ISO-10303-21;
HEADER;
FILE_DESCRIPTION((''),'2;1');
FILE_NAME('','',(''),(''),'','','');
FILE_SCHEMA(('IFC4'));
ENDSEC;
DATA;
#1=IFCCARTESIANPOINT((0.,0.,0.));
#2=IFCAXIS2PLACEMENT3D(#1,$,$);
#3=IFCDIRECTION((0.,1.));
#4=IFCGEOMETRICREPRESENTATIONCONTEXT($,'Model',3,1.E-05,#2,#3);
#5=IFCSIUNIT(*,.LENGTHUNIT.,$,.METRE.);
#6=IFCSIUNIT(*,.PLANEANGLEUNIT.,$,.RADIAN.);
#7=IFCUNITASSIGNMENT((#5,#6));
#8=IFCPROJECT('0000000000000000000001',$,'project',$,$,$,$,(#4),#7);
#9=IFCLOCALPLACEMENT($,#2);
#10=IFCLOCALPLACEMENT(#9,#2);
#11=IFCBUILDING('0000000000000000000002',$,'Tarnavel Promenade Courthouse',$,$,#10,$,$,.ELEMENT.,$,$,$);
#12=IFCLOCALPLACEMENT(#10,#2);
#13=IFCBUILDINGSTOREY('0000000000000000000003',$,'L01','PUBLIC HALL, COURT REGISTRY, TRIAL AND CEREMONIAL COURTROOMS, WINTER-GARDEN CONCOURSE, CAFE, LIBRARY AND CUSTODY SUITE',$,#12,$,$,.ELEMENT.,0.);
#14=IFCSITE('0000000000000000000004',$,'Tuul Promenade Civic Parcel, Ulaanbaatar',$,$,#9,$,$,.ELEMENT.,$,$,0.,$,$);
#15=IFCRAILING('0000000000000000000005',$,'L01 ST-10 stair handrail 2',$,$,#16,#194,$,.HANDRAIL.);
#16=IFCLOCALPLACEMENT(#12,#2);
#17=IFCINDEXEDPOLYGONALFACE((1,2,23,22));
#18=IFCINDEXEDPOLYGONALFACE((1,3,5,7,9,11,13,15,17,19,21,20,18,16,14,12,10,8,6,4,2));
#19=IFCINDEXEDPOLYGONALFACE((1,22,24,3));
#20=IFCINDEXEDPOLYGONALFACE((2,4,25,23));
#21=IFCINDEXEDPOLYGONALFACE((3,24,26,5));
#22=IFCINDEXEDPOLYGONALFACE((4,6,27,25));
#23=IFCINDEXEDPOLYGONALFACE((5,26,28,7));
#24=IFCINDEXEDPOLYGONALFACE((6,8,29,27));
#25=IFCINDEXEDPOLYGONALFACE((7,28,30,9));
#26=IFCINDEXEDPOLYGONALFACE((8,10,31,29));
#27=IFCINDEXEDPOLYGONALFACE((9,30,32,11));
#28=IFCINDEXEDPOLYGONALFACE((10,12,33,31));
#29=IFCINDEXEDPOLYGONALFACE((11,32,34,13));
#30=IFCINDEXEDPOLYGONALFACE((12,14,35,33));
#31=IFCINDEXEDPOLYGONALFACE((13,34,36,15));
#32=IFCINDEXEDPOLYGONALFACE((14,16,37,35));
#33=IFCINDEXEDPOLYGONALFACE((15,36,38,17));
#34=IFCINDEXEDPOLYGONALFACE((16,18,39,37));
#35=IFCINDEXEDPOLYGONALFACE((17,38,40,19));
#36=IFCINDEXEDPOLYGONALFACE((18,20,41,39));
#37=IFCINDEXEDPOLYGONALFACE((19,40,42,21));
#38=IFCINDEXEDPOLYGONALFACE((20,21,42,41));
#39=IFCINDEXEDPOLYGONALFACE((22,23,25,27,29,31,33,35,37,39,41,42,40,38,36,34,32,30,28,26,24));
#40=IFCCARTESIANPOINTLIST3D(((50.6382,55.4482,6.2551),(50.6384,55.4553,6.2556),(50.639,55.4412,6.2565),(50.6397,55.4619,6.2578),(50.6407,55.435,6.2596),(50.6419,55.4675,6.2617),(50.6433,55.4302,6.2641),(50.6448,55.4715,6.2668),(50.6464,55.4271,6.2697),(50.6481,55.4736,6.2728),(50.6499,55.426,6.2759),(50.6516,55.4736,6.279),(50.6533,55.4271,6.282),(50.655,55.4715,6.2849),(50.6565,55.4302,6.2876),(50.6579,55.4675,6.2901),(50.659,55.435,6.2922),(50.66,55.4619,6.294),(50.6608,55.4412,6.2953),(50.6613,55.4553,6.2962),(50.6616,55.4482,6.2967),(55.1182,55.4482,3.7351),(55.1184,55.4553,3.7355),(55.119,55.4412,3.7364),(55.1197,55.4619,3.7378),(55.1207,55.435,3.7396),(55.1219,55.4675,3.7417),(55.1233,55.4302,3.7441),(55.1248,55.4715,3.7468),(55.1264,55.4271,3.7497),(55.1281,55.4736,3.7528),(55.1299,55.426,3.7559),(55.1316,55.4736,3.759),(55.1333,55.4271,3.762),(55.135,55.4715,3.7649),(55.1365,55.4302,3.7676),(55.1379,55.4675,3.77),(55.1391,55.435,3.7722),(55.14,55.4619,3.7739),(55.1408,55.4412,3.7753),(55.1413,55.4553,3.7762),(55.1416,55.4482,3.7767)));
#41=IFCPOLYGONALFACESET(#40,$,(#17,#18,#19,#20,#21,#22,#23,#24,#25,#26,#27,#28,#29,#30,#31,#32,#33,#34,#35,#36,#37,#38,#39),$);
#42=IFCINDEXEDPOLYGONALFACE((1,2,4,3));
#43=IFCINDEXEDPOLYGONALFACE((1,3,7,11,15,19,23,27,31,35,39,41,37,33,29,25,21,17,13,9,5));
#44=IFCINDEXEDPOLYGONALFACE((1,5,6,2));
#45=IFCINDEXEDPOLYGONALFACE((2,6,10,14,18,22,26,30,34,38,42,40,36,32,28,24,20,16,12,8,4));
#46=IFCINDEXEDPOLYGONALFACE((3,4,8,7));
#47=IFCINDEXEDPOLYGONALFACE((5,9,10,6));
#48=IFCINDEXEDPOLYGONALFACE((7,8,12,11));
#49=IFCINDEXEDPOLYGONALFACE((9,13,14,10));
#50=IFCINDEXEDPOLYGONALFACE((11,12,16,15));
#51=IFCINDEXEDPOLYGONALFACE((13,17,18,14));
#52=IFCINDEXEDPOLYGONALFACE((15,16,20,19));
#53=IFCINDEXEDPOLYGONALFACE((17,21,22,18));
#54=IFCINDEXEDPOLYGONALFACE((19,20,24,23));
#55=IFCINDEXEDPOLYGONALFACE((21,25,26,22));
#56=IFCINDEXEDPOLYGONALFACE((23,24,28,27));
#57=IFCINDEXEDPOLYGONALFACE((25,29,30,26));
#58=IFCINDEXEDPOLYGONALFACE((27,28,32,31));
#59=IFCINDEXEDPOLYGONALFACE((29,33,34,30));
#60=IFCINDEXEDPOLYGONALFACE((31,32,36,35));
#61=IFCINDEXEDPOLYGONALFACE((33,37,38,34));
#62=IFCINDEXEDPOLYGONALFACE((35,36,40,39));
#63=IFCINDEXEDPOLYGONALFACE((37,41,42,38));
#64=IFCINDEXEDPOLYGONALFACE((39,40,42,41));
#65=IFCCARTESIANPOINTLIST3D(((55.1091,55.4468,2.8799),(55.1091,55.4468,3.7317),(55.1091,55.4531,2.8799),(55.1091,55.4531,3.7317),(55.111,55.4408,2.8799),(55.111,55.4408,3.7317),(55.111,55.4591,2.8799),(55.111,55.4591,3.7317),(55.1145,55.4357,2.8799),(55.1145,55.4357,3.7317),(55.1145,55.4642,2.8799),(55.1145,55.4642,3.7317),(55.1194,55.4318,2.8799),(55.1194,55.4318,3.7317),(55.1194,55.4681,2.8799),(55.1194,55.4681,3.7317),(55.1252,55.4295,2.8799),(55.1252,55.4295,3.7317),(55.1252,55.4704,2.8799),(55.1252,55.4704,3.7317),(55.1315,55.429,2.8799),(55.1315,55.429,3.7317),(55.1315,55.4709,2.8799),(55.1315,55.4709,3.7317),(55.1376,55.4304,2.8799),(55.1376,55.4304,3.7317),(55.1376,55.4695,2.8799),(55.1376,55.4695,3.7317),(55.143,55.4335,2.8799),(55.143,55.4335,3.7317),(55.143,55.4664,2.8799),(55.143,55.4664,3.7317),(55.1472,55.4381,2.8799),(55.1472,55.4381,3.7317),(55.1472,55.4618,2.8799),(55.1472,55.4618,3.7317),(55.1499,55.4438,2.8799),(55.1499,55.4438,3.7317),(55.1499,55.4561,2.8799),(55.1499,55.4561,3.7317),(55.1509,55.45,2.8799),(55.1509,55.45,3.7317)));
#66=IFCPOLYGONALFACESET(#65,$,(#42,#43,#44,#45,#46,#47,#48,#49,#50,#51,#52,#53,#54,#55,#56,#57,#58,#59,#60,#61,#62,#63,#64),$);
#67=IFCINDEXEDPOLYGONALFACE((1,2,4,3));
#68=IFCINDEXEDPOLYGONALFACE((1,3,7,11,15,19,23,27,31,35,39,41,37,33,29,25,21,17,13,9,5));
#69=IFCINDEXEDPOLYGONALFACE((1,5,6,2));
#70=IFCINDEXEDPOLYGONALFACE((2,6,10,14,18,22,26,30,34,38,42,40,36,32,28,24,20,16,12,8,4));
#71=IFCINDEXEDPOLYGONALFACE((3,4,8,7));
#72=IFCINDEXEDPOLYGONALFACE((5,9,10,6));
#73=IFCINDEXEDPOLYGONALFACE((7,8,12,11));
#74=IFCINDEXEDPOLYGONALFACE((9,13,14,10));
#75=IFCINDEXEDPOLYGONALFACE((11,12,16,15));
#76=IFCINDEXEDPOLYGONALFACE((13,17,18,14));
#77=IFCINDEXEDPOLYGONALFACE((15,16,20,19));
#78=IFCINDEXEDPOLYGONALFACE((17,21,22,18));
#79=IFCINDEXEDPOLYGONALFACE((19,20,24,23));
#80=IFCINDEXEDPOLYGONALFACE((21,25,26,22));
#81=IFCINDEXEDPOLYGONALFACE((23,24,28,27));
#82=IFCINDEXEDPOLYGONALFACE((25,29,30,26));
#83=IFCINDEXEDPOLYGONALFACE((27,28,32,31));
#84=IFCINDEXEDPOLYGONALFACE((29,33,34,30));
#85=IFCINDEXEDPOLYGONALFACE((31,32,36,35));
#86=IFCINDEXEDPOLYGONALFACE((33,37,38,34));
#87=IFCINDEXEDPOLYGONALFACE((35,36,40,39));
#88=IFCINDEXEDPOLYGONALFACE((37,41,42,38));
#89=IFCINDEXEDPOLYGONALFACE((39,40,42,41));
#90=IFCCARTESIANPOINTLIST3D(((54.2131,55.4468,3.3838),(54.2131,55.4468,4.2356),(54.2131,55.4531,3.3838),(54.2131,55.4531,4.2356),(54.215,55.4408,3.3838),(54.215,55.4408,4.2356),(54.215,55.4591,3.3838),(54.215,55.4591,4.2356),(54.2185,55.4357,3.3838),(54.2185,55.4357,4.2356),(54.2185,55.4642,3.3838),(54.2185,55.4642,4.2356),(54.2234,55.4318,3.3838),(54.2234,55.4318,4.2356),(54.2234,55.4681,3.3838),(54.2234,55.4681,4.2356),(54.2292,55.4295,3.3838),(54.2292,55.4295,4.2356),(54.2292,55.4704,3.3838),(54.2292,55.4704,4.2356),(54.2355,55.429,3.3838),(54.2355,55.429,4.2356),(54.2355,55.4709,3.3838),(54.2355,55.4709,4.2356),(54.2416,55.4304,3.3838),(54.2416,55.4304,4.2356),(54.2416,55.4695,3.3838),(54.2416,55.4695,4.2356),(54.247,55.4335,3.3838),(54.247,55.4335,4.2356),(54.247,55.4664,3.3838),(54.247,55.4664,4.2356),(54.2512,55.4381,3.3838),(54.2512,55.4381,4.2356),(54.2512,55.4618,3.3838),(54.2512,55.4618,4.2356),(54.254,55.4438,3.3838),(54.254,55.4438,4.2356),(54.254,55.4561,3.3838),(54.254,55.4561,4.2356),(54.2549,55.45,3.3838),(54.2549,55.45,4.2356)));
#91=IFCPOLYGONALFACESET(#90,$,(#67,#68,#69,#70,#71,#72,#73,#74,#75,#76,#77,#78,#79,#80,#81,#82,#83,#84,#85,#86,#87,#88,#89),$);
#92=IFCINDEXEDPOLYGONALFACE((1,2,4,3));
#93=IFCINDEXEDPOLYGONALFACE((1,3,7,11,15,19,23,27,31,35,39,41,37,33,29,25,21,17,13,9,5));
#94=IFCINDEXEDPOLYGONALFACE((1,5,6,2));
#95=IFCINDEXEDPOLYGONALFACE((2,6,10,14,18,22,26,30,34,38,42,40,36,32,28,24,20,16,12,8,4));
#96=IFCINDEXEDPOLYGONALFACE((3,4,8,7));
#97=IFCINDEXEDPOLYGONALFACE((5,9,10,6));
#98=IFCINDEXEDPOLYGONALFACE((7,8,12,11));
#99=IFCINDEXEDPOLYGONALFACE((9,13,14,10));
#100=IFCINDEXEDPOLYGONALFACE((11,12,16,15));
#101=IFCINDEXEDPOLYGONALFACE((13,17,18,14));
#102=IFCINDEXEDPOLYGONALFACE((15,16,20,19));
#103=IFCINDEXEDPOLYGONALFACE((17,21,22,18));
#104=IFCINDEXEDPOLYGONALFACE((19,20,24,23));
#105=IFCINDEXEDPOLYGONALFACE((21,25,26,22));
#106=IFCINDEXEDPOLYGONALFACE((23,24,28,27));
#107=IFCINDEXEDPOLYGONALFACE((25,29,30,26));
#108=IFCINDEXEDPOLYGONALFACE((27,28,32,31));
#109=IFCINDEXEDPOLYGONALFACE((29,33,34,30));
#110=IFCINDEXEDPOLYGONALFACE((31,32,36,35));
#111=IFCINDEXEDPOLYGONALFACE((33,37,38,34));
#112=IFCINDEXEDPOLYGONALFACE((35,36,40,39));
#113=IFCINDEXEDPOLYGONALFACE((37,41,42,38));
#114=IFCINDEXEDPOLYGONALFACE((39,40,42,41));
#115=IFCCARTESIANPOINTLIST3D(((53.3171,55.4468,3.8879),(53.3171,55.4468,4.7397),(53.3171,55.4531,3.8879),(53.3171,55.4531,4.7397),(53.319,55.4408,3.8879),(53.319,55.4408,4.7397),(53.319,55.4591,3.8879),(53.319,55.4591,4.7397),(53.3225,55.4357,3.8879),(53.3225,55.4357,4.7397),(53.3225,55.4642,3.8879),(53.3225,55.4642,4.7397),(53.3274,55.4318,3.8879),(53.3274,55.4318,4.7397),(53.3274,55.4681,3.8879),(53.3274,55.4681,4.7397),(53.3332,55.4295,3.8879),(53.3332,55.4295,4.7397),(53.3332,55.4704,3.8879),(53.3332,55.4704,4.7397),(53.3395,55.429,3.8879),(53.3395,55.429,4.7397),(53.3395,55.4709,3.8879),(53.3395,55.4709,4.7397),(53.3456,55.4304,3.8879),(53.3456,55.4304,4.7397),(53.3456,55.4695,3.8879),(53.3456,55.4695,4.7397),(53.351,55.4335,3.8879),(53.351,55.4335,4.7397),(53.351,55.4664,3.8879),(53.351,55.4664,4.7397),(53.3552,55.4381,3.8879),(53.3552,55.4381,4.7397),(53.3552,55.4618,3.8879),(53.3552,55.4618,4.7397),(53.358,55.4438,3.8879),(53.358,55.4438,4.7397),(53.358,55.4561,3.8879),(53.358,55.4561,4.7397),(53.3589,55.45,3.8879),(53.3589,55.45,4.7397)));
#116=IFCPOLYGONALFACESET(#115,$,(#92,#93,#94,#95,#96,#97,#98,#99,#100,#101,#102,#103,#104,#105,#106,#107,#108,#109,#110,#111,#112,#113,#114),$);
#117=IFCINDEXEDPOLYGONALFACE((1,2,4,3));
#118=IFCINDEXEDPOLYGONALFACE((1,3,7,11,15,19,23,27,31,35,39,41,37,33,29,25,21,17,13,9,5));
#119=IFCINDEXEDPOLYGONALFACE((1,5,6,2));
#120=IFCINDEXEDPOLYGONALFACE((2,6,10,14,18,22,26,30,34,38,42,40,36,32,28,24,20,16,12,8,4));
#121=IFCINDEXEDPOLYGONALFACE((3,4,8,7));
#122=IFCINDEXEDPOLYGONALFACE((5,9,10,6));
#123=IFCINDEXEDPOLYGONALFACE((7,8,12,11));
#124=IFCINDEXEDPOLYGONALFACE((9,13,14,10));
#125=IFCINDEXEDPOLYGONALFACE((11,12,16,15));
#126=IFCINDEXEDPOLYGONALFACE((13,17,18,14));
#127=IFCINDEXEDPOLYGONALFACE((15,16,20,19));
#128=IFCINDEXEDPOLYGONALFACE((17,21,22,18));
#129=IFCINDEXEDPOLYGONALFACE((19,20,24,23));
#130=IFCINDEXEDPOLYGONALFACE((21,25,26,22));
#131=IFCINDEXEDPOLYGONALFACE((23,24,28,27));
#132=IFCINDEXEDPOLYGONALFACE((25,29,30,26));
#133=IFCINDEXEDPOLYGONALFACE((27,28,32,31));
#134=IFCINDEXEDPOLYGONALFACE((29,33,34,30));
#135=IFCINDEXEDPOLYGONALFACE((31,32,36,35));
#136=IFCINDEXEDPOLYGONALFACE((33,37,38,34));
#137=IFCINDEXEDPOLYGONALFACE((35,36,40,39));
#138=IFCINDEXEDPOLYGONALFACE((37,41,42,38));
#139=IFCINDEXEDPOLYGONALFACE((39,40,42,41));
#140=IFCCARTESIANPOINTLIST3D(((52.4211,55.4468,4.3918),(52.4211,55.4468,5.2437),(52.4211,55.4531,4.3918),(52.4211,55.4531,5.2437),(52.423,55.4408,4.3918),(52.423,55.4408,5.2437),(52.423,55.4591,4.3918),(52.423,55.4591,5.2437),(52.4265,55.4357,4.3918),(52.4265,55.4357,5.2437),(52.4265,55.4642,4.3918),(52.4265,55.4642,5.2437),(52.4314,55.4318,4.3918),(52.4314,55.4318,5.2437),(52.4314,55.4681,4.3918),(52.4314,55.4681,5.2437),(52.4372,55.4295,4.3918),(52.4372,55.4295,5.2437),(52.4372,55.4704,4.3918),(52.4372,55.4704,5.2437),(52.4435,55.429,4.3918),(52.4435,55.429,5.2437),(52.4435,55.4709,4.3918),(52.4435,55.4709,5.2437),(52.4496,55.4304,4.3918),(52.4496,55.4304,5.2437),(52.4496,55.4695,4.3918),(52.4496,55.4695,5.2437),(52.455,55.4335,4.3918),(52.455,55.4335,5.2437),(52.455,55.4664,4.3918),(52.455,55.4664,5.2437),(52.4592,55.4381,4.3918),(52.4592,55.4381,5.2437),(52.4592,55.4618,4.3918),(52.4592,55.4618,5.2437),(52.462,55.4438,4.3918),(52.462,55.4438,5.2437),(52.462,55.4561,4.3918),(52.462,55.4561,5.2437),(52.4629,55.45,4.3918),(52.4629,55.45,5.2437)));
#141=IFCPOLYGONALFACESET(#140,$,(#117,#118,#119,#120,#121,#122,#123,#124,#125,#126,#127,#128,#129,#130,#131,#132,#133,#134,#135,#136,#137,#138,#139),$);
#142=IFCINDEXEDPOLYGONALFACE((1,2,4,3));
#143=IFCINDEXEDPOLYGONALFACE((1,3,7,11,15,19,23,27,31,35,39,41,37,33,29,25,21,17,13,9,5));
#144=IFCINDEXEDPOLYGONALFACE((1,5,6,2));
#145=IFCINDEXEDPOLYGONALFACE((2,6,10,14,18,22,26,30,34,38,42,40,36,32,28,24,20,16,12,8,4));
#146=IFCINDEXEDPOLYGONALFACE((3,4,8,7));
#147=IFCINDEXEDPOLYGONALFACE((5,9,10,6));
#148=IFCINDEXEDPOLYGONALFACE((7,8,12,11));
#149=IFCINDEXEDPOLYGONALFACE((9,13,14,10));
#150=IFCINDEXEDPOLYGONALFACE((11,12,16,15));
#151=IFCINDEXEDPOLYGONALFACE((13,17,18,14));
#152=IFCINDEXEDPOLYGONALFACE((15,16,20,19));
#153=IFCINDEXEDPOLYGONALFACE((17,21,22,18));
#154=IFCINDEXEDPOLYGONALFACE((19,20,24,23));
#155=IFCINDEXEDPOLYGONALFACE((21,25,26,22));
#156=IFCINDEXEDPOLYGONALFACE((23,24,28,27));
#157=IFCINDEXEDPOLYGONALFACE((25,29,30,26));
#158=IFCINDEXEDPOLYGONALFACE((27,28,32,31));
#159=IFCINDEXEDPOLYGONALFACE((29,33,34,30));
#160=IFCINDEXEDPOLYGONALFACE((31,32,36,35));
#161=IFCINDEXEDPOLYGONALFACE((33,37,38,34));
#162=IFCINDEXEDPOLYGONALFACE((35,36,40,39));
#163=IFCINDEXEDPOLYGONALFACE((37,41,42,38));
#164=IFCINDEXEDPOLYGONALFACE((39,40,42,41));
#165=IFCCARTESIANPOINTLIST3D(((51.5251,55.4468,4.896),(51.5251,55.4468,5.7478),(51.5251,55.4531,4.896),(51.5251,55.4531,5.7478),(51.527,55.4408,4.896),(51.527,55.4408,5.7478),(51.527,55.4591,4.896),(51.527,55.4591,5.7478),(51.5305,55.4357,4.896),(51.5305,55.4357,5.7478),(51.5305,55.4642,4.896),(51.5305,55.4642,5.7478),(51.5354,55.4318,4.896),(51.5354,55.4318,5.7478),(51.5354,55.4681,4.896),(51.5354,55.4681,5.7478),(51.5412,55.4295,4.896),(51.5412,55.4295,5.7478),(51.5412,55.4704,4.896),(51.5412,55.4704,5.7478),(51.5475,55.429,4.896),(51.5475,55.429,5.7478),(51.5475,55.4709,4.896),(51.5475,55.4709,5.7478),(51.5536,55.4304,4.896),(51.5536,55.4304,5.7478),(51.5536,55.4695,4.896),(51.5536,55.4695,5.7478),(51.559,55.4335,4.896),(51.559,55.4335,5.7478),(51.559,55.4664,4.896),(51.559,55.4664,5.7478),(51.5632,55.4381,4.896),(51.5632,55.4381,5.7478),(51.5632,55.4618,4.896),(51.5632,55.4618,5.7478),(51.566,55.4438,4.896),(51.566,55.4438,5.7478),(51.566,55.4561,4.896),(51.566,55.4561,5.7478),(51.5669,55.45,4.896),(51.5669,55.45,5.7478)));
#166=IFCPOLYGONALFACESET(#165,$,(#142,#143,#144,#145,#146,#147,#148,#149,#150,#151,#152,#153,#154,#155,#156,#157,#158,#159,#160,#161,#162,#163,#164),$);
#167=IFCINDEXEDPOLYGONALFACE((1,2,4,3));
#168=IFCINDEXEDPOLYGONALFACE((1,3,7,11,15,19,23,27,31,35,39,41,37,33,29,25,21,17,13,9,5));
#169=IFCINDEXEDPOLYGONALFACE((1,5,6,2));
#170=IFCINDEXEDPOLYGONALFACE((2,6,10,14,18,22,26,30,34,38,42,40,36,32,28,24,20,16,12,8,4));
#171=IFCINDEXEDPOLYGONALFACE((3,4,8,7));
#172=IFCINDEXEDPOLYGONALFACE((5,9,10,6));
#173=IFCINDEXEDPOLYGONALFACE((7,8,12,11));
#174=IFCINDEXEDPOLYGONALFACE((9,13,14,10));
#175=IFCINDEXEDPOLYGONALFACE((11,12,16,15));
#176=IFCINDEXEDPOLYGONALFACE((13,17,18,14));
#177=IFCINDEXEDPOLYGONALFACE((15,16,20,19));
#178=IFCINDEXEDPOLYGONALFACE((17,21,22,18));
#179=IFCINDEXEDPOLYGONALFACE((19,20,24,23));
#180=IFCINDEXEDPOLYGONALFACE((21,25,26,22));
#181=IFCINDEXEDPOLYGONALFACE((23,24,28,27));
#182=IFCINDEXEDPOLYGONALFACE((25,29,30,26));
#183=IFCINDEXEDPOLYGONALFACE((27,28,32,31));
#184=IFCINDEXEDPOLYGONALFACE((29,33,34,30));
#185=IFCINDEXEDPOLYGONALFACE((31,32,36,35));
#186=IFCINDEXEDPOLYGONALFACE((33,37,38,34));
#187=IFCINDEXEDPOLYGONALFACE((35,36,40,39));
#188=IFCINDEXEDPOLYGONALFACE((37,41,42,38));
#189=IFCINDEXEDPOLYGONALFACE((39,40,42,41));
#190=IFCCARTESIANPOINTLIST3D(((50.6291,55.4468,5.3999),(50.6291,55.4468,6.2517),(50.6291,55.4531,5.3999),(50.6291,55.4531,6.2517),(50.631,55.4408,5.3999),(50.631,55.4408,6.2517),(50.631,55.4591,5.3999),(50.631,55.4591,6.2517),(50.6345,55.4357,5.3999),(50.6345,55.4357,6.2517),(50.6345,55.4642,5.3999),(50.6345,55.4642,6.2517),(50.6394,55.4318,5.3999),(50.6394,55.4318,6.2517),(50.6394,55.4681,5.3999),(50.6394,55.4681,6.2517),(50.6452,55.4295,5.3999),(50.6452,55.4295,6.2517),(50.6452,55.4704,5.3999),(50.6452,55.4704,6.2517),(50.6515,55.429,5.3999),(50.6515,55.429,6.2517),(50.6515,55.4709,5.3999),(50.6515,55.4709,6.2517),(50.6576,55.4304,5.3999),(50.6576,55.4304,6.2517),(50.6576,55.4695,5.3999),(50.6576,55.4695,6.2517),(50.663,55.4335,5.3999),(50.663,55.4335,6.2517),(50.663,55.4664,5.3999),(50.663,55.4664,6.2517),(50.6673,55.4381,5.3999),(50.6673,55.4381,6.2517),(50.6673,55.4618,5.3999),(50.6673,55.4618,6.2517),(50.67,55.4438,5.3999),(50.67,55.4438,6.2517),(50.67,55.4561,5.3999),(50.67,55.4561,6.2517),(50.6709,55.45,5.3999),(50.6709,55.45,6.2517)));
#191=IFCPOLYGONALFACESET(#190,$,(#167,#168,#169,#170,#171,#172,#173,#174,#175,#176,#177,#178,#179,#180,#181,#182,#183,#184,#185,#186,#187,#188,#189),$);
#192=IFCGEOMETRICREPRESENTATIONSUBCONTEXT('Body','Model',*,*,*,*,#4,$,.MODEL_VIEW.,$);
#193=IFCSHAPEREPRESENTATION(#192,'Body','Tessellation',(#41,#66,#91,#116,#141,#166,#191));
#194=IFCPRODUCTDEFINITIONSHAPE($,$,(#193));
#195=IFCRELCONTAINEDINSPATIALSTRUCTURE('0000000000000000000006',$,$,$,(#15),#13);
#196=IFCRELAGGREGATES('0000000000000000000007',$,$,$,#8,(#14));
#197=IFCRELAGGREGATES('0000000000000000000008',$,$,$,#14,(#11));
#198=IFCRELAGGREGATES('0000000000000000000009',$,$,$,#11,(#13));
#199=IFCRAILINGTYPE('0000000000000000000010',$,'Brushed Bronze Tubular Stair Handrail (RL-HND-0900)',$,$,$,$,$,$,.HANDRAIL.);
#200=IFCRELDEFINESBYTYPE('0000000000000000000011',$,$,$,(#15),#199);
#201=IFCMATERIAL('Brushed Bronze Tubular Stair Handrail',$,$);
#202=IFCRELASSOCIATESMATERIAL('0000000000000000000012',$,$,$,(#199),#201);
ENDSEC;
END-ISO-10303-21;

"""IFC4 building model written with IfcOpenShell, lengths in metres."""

from ifc_helpers import new_model, si_unit, direction, frame, origin, origin_2d, place, context, subcontext, project, spatial, circle, extrude, material, type_object, element, save


model = new_model("IFC4")

# Units and contexts
model_context = context("Model", 3, precision=1e-05, world=origin(), true_north=direction((0.0, 1.0)))
body_context = subcontext(model_context, "Body", "Model", "MODEL_VIEW")
ifc_project = project(units=[si_unit("LENGTHUNIT", "METRE"), si_unit("PLANEANGLEUNIT", "RADIAN")], contexts=[model_context])

# Site, building, storey
site_placement = place(None, origin())
site = spatial("IfcSite", under=ifc_project, at=site_placement, Name="Tuul Promenade Civic Parcel, Ulaanbaatar", CompositionType="ELEMENT", RefElevation=0.0)
building_placement = place(site_placement, origin())
building = spatial("IfcBuilding", under=site, at=building_placement, Name="Tarnavel Promenade Courthouse", CompositionType="ELEMENT")
storey_placement = place(building_placement, origin())
storey = spatial("IfcBuildingStorey", under=building, at=storey_placement, Name="L01", Description="PUBLIC HALL, COURT REGISTRY, TRIAL AND CEREMONIAL COURTROOMS, WINTER-GARDEN CONCOURSE, CAFE, LIBRARY AND CUSTODY SUITE", CompositionType="ELEMENT", Elevation=0.0)

# Railing
ifc_material_1 = material(Name="Brushed Bronze Tubular Stair Handrail")
railing_type_1 = type_object("IfcRailingType", Name="Brushed Bronze Tubular Stair Handrail (RL-HND-0900)", PredefinedType="HANDRAIL", material=ifc_material_1)
railing_1_placement = place(storey_placement, frame((55.1299, 55.45, 2.8799)))
element("IfcRailing", 1, at=railing_1_placement, inside=storey, type_object=railing_type_1, Name="L01 ST-10 stair handrail 2", PredefinedType="HANDRAIL", context=body_context, shape_type="SweptSolid", body=[
    extrude(circle(Radius=0.0239, at=origin_2d()), frame((0.0, 0.0, 0.876), z_axis=(-0.871573, 0.0, 0.490266), x_axis=(0.0, -1.0, 0.0)), (0.0, 0.0, 1.0), 5.1401),
    extrude(circle(Radius=0.021, at=origin_2d()), origin(), (0.0, 0.0, 1.0), 0.8518),
    extrude(circle(Radius=0.021, at=origin_2d()), frame((-0.896, 0.0, 0.5039)), (0.0, 0.0, 1.0), 0.8518),
    extrude(circle(Radius=0.021, at=origin_2d()), frame((-1.792, 0.0, 1.0081)), (0.0, 0.0, 1.0), 0.8518),
    extrude(circle(Radius=0.021, at=origin_2d()), frame((-2.688, 0.0, 1.512)), (0.0, 0.0, 1.0), 0.8518),
    extrude(circle(Radius=0.021, at=origin_2d()), frame((-3.584, 0.0, 2.0161)), (0.0, 0.0, 1.0), 0.8518),
    extrude(circle(Radius=0.021, at=origin_2d()), frame((-4.48, 0.0, 2.52)), (0.0, 0.0, 1.0), 0.8518),
])

save(model, "model.ifc")
